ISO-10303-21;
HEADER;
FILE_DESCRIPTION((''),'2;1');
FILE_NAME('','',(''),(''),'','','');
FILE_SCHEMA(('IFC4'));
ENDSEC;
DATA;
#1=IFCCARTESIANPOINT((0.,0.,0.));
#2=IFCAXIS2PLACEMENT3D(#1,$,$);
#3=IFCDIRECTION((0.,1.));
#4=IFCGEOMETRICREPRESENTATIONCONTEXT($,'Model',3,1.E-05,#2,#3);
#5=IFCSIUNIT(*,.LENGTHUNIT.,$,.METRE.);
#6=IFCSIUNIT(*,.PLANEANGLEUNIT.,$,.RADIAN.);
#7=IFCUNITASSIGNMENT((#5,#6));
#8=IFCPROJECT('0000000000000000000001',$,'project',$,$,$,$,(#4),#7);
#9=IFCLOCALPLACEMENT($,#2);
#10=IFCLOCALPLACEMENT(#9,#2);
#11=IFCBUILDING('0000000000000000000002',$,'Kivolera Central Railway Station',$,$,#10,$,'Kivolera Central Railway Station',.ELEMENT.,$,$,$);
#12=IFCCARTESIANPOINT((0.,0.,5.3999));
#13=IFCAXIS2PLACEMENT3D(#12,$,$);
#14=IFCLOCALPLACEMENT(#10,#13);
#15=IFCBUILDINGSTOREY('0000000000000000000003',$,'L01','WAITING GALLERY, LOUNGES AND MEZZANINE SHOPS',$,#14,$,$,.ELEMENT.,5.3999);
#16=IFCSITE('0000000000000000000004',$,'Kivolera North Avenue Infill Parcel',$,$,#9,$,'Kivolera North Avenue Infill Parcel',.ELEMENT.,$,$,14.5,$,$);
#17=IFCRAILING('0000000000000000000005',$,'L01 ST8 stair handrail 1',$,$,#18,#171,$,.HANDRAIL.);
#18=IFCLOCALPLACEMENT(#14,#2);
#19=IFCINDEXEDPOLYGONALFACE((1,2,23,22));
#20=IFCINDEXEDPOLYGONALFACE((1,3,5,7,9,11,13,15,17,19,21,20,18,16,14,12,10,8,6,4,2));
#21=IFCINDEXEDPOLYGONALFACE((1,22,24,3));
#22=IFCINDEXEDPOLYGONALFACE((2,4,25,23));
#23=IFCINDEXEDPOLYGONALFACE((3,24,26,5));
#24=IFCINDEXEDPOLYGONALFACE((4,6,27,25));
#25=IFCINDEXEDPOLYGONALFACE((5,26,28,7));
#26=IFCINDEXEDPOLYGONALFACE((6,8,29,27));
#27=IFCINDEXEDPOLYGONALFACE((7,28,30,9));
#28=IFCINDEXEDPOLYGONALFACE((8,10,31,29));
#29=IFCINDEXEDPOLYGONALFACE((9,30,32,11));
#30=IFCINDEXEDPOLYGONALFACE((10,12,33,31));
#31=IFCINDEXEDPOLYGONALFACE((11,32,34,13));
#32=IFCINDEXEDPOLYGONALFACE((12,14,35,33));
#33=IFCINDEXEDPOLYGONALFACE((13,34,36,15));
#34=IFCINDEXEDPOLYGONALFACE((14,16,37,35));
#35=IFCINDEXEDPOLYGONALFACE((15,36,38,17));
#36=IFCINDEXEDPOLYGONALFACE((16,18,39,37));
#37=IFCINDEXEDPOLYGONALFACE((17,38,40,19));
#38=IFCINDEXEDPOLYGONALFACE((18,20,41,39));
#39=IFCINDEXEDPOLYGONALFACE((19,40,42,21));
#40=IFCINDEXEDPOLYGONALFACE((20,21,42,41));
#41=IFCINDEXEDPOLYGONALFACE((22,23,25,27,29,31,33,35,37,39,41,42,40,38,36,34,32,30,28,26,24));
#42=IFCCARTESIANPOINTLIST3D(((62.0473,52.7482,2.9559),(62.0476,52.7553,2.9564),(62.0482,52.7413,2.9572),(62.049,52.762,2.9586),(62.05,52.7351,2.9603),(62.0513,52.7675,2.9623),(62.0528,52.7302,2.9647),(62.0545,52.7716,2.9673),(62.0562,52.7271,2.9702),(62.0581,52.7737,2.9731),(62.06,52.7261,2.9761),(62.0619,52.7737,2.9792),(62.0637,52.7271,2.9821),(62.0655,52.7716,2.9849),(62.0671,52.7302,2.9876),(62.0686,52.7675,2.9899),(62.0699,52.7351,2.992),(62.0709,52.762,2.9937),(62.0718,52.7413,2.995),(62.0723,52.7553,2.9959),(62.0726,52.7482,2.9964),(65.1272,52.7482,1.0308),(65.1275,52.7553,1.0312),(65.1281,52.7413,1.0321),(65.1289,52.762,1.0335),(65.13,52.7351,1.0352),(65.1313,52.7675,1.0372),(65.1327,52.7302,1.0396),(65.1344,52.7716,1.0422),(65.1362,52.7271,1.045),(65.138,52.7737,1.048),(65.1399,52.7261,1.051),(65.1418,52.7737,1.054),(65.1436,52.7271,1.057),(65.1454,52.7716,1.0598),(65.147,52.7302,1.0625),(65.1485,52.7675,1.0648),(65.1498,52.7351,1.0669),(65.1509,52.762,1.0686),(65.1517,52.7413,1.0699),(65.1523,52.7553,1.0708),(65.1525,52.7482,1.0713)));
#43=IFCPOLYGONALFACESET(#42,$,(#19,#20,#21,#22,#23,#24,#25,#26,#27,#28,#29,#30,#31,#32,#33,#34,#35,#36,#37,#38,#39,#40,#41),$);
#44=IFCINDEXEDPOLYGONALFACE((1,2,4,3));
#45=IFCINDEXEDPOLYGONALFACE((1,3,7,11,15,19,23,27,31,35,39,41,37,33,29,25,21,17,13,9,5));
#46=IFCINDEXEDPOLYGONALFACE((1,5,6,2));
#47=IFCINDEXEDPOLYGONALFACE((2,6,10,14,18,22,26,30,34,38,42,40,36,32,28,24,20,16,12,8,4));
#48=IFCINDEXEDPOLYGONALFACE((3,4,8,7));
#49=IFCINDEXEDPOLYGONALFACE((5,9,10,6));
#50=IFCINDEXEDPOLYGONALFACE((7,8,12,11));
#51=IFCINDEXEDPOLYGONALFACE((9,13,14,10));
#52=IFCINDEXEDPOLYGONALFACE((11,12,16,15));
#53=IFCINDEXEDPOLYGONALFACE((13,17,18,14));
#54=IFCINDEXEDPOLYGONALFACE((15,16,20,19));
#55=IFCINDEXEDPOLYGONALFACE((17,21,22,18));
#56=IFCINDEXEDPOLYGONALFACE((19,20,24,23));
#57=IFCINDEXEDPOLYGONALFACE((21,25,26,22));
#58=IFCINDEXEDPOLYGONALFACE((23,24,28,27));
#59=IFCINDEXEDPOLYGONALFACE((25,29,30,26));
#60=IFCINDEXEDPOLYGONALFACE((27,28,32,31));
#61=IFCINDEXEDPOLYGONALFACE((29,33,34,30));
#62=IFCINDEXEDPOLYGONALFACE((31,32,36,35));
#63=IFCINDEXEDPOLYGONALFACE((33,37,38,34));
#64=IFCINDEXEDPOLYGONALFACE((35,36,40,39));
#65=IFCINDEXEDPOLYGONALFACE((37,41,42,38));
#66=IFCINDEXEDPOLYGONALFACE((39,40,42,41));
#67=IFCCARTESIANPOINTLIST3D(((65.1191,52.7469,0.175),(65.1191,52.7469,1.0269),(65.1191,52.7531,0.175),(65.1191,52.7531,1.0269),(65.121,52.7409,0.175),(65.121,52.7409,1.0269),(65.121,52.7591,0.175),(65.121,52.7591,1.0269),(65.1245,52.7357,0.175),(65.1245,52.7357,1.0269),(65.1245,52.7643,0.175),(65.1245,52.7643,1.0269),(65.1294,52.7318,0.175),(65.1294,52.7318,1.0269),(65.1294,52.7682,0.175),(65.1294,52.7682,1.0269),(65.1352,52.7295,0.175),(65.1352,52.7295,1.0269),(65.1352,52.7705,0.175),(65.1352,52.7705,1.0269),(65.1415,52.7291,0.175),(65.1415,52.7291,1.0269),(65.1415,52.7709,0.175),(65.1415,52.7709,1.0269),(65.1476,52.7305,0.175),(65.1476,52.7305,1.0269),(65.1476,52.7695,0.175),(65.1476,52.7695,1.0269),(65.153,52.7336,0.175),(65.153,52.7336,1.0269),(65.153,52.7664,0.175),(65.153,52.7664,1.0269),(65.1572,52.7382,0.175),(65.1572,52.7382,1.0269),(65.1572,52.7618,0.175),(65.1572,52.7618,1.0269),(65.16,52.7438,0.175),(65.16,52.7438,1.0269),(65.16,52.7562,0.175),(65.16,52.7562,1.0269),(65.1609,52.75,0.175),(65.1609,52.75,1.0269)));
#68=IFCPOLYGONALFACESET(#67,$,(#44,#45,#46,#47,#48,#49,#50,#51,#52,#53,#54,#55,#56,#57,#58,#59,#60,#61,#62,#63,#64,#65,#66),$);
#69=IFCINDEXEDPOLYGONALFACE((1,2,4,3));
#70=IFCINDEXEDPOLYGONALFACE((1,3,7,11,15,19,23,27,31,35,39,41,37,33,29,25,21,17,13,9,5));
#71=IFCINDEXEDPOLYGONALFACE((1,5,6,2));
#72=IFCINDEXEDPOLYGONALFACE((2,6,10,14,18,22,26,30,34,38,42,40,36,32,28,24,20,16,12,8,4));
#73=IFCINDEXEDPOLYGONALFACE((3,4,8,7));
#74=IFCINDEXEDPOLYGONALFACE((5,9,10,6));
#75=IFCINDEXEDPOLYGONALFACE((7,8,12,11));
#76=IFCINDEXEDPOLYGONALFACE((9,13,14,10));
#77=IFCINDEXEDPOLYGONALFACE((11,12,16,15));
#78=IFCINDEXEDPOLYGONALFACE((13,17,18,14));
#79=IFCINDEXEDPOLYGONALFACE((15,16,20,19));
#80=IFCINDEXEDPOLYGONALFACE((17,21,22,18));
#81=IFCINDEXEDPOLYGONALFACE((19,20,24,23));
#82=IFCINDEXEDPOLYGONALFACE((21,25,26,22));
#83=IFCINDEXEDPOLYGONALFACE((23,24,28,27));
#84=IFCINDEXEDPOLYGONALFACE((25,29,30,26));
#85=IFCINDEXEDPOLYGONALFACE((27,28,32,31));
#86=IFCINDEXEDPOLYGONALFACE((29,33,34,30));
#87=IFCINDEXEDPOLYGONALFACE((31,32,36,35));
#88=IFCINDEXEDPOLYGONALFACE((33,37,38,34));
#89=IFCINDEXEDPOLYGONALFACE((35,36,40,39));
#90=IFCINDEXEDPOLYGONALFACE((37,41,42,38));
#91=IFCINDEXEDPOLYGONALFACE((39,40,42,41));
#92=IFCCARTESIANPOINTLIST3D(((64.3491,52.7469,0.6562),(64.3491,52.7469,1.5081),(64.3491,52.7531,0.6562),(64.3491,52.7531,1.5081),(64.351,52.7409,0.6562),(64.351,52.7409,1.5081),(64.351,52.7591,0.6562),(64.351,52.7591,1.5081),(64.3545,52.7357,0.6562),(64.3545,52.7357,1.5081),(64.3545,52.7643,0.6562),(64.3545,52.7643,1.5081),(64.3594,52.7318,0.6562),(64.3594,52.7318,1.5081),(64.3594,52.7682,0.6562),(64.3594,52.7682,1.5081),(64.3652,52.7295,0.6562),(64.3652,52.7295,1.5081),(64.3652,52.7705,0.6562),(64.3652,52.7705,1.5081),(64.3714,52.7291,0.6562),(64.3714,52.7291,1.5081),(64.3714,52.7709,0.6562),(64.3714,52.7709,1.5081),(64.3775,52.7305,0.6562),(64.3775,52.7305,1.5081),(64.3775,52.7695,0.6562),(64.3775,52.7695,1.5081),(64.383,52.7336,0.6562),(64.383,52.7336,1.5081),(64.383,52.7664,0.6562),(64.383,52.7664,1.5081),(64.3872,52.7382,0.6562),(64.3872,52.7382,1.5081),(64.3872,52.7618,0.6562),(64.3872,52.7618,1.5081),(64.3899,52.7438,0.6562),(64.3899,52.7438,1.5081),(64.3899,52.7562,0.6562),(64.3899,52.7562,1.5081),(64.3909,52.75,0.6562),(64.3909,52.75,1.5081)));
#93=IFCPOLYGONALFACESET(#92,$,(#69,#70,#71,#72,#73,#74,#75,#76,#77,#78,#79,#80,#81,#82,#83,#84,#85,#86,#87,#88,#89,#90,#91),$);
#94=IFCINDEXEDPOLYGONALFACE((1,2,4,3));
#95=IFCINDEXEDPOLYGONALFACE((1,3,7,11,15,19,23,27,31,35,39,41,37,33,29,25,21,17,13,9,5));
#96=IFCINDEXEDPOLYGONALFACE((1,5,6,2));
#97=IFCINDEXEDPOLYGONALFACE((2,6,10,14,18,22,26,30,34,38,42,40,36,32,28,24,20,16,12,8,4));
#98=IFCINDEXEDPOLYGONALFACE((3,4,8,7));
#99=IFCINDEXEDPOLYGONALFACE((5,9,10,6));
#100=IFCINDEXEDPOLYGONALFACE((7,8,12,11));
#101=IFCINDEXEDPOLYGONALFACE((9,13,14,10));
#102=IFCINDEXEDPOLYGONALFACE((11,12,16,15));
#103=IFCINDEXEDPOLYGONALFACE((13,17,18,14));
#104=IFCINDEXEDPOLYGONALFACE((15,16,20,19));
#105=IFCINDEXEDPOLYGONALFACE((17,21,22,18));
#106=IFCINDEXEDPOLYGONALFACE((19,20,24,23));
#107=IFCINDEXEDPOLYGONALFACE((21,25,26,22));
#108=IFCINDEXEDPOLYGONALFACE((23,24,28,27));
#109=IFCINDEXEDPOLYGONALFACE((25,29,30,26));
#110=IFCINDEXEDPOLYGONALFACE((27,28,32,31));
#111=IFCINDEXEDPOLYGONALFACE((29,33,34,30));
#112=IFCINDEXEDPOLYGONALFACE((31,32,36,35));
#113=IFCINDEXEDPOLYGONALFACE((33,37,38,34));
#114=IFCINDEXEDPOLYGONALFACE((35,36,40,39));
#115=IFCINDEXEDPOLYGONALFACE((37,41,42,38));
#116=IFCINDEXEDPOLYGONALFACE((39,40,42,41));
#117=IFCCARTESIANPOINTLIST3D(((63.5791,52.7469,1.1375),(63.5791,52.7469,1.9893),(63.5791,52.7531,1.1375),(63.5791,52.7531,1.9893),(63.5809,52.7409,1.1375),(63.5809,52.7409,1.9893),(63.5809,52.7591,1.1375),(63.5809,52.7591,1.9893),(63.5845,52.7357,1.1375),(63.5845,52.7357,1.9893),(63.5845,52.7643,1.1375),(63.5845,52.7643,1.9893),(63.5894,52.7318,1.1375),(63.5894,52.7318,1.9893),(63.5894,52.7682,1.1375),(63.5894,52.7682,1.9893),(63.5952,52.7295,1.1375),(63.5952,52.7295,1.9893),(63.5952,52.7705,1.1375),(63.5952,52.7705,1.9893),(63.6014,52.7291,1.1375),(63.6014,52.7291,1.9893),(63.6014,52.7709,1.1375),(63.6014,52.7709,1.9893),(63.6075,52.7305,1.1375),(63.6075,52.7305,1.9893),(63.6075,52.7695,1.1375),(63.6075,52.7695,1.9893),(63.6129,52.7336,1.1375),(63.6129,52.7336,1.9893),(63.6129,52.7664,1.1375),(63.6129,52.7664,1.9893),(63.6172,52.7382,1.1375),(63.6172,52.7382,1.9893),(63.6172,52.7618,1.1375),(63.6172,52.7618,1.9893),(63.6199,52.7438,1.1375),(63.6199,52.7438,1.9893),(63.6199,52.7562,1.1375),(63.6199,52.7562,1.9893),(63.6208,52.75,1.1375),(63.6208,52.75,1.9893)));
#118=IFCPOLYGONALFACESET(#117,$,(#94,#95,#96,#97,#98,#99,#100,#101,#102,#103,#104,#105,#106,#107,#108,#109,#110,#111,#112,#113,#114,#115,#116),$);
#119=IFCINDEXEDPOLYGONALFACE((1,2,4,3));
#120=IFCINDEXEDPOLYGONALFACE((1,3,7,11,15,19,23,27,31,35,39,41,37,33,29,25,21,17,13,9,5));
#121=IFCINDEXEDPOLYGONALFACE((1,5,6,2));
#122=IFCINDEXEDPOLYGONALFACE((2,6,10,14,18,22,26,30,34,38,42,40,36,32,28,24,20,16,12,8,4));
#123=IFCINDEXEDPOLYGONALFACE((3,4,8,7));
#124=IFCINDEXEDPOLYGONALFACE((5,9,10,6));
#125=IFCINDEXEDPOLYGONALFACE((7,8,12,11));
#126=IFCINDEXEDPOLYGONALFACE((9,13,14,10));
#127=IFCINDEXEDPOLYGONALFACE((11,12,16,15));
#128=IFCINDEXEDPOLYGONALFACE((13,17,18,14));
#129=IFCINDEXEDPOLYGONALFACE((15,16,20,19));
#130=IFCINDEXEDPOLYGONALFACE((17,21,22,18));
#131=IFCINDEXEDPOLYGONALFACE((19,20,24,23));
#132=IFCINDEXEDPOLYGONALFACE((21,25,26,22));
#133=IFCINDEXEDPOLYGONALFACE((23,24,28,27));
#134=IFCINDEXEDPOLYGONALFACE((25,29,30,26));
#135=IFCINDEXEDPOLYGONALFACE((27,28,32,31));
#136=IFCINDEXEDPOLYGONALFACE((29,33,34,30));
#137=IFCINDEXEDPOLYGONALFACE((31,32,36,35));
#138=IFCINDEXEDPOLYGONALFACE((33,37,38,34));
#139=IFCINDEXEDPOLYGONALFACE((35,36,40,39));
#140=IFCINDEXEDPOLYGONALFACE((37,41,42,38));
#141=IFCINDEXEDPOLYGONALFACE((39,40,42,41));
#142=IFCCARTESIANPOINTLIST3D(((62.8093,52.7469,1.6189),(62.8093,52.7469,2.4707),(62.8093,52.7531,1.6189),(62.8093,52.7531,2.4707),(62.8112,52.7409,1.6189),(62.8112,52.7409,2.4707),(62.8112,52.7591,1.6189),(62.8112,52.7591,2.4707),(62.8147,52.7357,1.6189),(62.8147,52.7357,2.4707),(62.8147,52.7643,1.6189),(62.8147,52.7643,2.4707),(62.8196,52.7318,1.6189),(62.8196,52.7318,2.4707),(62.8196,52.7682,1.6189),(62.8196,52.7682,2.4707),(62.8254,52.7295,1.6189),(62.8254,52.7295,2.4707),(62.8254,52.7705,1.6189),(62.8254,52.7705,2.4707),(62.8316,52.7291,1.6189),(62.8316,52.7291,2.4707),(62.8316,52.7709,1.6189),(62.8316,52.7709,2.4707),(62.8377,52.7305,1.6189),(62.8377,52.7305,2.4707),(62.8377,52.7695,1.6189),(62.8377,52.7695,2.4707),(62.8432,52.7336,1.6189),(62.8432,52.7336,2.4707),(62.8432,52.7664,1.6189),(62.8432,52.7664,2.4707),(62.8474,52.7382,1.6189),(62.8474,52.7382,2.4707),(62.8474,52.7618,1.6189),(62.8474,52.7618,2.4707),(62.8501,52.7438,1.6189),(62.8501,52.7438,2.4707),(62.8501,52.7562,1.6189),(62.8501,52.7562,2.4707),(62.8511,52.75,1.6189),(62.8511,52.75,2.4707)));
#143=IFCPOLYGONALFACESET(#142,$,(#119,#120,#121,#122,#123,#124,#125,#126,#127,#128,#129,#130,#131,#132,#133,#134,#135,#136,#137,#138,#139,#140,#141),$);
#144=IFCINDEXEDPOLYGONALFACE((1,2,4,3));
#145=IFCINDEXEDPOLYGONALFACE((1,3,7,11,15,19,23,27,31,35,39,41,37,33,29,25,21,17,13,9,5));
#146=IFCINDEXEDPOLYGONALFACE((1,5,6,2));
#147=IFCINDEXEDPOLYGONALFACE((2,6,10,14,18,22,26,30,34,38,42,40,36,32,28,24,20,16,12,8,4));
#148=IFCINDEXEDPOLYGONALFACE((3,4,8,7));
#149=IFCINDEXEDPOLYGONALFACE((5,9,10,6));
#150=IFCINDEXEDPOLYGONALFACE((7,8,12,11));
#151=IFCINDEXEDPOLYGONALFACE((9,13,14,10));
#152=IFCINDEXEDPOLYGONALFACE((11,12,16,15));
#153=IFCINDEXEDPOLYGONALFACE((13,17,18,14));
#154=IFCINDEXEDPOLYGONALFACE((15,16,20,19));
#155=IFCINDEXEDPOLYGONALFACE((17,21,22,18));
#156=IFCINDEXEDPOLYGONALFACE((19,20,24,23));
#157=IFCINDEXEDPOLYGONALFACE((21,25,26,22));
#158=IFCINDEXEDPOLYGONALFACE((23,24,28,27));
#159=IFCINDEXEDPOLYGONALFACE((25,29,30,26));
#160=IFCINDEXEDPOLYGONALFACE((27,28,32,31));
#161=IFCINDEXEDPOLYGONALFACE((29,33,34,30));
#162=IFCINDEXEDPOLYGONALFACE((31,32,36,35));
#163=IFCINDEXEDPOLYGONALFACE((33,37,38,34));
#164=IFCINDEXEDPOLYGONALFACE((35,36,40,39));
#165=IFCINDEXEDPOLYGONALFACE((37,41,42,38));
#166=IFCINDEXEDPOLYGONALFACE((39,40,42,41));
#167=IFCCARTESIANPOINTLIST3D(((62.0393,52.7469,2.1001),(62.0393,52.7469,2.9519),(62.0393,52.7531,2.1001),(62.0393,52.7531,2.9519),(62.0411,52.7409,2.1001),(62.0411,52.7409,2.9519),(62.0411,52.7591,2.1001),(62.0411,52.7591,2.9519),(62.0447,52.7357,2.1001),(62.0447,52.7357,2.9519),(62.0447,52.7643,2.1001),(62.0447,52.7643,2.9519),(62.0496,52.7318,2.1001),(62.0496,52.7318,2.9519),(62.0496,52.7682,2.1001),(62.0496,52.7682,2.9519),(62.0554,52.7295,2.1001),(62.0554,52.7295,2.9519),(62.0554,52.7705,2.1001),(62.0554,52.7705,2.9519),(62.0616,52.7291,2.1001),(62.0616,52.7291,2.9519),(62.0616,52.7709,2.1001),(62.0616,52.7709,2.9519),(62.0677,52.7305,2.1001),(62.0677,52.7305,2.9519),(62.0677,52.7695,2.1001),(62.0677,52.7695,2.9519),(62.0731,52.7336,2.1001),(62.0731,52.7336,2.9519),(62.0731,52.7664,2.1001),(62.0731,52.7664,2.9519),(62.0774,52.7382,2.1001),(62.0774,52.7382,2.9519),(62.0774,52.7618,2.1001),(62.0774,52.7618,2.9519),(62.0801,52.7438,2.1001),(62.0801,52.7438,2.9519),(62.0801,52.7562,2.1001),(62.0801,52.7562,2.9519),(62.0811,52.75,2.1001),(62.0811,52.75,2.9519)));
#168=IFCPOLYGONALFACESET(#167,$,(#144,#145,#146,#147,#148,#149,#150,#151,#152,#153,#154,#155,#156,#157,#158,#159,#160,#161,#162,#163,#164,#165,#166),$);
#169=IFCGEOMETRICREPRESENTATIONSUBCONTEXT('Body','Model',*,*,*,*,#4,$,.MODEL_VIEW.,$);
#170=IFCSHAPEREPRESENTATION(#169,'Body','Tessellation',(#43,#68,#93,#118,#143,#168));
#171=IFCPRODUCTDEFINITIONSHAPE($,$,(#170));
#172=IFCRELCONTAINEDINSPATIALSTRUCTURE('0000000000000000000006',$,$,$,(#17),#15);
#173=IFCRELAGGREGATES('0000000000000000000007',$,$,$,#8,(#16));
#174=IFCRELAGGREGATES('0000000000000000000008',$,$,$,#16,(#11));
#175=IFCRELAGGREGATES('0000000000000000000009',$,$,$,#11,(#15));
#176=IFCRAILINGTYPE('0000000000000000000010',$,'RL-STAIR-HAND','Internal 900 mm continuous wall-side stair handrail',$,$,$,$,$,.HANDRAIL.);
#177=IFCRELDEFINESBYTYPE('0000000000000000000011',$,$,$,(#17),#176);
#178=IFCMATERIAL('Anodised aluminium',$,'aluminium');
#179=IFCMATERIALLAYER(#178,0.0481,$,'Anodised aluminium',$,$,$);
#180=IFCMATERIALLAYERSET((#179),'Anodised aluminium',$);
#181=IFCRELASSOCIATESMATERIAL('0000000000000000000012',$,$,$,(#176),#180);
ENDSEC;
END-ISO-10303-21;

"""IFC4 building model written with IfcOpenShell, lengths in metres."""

from ifc_helpers import new_model, si_unit, direction, frame, origin, origin_2d, place, context, subcontext, project, spatial, circle, extrude, material, layer, layer_set, type_object, element, save


model = new_model("IFC4")

# Units and contexts
model_context = context("Model", 3, precision=1e-05, world=origin(), true_north=direction((0.0, 1.0)))
body_context = subcontext(model_context, "Body", "Model", "MODEL_VIEW")
ifc_project = project(units=[si_unit("LENGTHUNIT", "METRE"), si_unit("PLANEANGLEUNIT", "RADIAN")], contexts=[model_context])

# Site, building, storey
site_placement = place(None, origin())
site = spatial("IfcSite", under=ifc_project, at=site_placement, Name="Kivolera North Avenue Infill Parcel", LongName="Kivolera North Avenue Infill Parcel", CompositionType="ELEMENT", RefElevation=14.5)
building_placement = place(site_placement, origin())
building = spatial("IfcBuilding", under=site, at=building_placement, Name="Kivolera Central Railway Station", LongName="Kivolera Central Railway Station", CompositionType="ELEMENT")
storey_placement = place(building_placement, frame((0.0, 0.0, 5.3999)))
storey = spatial("IfcBuildingStorey", under=building, at=storey_placement, Name="L01", Description="WAITING GALLERY, LOUNGES AND MEZZANINE SHOPS", CompositionType="ELEMENT", Elevation=5.3999)

# Shared definitions
ifc_material_1 = material(Name="Anodised aluminium", Category="aluminium")

# Railing
ifc_layer_1 = layer(ifc_material_1, 0.0481, Name="Anodised aluminium")
ifc_layer_set_1 = layer_set([ifc_layer_1], Name="Anodised aluminium")
railing_type_1 = type_object("IfcRailingType", Name="RL-STAIR-HAND", Description="Internal 900 mm continuous wall-side stair handrail", PredefinedType="HANDRAIL", material=ifc_layer_set_1)
railing_1_placement = place(storey_placement, frame((65.1399, 52.75, 0.175)))
element("IfcRailing", 1, at=railing_1_placement, inside=storey, type_object=railing_type_1, Name="L01 ST8 stair handrail 1", PredefinedType="HANDRAIL", context=body_context, shape_type="SweptSolid", body=[
    extrude(circle(Radius=0.0239, at=origin_2d()), frame((0.0, 0.0, 0.876), z_axis=(-0.847979, 0.0, 0.530029), x_axis=(0.0, -1.0, 0.0)), (0.0, 0.0, 1.0), 3.6321),
    extrude(circle(Radius=0.021, at=origin_2d()), origin(), (0.0, 0.0, 1.0), 0.8518),
    extrude(circle(Radius=0.021, at=origin_2d()), frame((-0.77, 0.0, 0.4812)), (0.0, 0.0, 1.0), 0.8518),
    extrude(circle(Radius=0.021, at=origin_2d()), frame((-1.54, 0.0, 0.9624)), (0.0, 0.0, 1.0), 0.8518),
    extrude(circle(Radius=0.021, at=origin_2d()), frame((-2.3098, 0.0, 1.4438)), (0.0, 0.0, 1.0), 0.8518),
    extrude(circle(Radius=0.021, at=origin_2d()), frame((-3.0798, 0.0, 1.925)), (0.0, 0.0, 1.0), 0.8518),
])

save(model, "model.ifc")
